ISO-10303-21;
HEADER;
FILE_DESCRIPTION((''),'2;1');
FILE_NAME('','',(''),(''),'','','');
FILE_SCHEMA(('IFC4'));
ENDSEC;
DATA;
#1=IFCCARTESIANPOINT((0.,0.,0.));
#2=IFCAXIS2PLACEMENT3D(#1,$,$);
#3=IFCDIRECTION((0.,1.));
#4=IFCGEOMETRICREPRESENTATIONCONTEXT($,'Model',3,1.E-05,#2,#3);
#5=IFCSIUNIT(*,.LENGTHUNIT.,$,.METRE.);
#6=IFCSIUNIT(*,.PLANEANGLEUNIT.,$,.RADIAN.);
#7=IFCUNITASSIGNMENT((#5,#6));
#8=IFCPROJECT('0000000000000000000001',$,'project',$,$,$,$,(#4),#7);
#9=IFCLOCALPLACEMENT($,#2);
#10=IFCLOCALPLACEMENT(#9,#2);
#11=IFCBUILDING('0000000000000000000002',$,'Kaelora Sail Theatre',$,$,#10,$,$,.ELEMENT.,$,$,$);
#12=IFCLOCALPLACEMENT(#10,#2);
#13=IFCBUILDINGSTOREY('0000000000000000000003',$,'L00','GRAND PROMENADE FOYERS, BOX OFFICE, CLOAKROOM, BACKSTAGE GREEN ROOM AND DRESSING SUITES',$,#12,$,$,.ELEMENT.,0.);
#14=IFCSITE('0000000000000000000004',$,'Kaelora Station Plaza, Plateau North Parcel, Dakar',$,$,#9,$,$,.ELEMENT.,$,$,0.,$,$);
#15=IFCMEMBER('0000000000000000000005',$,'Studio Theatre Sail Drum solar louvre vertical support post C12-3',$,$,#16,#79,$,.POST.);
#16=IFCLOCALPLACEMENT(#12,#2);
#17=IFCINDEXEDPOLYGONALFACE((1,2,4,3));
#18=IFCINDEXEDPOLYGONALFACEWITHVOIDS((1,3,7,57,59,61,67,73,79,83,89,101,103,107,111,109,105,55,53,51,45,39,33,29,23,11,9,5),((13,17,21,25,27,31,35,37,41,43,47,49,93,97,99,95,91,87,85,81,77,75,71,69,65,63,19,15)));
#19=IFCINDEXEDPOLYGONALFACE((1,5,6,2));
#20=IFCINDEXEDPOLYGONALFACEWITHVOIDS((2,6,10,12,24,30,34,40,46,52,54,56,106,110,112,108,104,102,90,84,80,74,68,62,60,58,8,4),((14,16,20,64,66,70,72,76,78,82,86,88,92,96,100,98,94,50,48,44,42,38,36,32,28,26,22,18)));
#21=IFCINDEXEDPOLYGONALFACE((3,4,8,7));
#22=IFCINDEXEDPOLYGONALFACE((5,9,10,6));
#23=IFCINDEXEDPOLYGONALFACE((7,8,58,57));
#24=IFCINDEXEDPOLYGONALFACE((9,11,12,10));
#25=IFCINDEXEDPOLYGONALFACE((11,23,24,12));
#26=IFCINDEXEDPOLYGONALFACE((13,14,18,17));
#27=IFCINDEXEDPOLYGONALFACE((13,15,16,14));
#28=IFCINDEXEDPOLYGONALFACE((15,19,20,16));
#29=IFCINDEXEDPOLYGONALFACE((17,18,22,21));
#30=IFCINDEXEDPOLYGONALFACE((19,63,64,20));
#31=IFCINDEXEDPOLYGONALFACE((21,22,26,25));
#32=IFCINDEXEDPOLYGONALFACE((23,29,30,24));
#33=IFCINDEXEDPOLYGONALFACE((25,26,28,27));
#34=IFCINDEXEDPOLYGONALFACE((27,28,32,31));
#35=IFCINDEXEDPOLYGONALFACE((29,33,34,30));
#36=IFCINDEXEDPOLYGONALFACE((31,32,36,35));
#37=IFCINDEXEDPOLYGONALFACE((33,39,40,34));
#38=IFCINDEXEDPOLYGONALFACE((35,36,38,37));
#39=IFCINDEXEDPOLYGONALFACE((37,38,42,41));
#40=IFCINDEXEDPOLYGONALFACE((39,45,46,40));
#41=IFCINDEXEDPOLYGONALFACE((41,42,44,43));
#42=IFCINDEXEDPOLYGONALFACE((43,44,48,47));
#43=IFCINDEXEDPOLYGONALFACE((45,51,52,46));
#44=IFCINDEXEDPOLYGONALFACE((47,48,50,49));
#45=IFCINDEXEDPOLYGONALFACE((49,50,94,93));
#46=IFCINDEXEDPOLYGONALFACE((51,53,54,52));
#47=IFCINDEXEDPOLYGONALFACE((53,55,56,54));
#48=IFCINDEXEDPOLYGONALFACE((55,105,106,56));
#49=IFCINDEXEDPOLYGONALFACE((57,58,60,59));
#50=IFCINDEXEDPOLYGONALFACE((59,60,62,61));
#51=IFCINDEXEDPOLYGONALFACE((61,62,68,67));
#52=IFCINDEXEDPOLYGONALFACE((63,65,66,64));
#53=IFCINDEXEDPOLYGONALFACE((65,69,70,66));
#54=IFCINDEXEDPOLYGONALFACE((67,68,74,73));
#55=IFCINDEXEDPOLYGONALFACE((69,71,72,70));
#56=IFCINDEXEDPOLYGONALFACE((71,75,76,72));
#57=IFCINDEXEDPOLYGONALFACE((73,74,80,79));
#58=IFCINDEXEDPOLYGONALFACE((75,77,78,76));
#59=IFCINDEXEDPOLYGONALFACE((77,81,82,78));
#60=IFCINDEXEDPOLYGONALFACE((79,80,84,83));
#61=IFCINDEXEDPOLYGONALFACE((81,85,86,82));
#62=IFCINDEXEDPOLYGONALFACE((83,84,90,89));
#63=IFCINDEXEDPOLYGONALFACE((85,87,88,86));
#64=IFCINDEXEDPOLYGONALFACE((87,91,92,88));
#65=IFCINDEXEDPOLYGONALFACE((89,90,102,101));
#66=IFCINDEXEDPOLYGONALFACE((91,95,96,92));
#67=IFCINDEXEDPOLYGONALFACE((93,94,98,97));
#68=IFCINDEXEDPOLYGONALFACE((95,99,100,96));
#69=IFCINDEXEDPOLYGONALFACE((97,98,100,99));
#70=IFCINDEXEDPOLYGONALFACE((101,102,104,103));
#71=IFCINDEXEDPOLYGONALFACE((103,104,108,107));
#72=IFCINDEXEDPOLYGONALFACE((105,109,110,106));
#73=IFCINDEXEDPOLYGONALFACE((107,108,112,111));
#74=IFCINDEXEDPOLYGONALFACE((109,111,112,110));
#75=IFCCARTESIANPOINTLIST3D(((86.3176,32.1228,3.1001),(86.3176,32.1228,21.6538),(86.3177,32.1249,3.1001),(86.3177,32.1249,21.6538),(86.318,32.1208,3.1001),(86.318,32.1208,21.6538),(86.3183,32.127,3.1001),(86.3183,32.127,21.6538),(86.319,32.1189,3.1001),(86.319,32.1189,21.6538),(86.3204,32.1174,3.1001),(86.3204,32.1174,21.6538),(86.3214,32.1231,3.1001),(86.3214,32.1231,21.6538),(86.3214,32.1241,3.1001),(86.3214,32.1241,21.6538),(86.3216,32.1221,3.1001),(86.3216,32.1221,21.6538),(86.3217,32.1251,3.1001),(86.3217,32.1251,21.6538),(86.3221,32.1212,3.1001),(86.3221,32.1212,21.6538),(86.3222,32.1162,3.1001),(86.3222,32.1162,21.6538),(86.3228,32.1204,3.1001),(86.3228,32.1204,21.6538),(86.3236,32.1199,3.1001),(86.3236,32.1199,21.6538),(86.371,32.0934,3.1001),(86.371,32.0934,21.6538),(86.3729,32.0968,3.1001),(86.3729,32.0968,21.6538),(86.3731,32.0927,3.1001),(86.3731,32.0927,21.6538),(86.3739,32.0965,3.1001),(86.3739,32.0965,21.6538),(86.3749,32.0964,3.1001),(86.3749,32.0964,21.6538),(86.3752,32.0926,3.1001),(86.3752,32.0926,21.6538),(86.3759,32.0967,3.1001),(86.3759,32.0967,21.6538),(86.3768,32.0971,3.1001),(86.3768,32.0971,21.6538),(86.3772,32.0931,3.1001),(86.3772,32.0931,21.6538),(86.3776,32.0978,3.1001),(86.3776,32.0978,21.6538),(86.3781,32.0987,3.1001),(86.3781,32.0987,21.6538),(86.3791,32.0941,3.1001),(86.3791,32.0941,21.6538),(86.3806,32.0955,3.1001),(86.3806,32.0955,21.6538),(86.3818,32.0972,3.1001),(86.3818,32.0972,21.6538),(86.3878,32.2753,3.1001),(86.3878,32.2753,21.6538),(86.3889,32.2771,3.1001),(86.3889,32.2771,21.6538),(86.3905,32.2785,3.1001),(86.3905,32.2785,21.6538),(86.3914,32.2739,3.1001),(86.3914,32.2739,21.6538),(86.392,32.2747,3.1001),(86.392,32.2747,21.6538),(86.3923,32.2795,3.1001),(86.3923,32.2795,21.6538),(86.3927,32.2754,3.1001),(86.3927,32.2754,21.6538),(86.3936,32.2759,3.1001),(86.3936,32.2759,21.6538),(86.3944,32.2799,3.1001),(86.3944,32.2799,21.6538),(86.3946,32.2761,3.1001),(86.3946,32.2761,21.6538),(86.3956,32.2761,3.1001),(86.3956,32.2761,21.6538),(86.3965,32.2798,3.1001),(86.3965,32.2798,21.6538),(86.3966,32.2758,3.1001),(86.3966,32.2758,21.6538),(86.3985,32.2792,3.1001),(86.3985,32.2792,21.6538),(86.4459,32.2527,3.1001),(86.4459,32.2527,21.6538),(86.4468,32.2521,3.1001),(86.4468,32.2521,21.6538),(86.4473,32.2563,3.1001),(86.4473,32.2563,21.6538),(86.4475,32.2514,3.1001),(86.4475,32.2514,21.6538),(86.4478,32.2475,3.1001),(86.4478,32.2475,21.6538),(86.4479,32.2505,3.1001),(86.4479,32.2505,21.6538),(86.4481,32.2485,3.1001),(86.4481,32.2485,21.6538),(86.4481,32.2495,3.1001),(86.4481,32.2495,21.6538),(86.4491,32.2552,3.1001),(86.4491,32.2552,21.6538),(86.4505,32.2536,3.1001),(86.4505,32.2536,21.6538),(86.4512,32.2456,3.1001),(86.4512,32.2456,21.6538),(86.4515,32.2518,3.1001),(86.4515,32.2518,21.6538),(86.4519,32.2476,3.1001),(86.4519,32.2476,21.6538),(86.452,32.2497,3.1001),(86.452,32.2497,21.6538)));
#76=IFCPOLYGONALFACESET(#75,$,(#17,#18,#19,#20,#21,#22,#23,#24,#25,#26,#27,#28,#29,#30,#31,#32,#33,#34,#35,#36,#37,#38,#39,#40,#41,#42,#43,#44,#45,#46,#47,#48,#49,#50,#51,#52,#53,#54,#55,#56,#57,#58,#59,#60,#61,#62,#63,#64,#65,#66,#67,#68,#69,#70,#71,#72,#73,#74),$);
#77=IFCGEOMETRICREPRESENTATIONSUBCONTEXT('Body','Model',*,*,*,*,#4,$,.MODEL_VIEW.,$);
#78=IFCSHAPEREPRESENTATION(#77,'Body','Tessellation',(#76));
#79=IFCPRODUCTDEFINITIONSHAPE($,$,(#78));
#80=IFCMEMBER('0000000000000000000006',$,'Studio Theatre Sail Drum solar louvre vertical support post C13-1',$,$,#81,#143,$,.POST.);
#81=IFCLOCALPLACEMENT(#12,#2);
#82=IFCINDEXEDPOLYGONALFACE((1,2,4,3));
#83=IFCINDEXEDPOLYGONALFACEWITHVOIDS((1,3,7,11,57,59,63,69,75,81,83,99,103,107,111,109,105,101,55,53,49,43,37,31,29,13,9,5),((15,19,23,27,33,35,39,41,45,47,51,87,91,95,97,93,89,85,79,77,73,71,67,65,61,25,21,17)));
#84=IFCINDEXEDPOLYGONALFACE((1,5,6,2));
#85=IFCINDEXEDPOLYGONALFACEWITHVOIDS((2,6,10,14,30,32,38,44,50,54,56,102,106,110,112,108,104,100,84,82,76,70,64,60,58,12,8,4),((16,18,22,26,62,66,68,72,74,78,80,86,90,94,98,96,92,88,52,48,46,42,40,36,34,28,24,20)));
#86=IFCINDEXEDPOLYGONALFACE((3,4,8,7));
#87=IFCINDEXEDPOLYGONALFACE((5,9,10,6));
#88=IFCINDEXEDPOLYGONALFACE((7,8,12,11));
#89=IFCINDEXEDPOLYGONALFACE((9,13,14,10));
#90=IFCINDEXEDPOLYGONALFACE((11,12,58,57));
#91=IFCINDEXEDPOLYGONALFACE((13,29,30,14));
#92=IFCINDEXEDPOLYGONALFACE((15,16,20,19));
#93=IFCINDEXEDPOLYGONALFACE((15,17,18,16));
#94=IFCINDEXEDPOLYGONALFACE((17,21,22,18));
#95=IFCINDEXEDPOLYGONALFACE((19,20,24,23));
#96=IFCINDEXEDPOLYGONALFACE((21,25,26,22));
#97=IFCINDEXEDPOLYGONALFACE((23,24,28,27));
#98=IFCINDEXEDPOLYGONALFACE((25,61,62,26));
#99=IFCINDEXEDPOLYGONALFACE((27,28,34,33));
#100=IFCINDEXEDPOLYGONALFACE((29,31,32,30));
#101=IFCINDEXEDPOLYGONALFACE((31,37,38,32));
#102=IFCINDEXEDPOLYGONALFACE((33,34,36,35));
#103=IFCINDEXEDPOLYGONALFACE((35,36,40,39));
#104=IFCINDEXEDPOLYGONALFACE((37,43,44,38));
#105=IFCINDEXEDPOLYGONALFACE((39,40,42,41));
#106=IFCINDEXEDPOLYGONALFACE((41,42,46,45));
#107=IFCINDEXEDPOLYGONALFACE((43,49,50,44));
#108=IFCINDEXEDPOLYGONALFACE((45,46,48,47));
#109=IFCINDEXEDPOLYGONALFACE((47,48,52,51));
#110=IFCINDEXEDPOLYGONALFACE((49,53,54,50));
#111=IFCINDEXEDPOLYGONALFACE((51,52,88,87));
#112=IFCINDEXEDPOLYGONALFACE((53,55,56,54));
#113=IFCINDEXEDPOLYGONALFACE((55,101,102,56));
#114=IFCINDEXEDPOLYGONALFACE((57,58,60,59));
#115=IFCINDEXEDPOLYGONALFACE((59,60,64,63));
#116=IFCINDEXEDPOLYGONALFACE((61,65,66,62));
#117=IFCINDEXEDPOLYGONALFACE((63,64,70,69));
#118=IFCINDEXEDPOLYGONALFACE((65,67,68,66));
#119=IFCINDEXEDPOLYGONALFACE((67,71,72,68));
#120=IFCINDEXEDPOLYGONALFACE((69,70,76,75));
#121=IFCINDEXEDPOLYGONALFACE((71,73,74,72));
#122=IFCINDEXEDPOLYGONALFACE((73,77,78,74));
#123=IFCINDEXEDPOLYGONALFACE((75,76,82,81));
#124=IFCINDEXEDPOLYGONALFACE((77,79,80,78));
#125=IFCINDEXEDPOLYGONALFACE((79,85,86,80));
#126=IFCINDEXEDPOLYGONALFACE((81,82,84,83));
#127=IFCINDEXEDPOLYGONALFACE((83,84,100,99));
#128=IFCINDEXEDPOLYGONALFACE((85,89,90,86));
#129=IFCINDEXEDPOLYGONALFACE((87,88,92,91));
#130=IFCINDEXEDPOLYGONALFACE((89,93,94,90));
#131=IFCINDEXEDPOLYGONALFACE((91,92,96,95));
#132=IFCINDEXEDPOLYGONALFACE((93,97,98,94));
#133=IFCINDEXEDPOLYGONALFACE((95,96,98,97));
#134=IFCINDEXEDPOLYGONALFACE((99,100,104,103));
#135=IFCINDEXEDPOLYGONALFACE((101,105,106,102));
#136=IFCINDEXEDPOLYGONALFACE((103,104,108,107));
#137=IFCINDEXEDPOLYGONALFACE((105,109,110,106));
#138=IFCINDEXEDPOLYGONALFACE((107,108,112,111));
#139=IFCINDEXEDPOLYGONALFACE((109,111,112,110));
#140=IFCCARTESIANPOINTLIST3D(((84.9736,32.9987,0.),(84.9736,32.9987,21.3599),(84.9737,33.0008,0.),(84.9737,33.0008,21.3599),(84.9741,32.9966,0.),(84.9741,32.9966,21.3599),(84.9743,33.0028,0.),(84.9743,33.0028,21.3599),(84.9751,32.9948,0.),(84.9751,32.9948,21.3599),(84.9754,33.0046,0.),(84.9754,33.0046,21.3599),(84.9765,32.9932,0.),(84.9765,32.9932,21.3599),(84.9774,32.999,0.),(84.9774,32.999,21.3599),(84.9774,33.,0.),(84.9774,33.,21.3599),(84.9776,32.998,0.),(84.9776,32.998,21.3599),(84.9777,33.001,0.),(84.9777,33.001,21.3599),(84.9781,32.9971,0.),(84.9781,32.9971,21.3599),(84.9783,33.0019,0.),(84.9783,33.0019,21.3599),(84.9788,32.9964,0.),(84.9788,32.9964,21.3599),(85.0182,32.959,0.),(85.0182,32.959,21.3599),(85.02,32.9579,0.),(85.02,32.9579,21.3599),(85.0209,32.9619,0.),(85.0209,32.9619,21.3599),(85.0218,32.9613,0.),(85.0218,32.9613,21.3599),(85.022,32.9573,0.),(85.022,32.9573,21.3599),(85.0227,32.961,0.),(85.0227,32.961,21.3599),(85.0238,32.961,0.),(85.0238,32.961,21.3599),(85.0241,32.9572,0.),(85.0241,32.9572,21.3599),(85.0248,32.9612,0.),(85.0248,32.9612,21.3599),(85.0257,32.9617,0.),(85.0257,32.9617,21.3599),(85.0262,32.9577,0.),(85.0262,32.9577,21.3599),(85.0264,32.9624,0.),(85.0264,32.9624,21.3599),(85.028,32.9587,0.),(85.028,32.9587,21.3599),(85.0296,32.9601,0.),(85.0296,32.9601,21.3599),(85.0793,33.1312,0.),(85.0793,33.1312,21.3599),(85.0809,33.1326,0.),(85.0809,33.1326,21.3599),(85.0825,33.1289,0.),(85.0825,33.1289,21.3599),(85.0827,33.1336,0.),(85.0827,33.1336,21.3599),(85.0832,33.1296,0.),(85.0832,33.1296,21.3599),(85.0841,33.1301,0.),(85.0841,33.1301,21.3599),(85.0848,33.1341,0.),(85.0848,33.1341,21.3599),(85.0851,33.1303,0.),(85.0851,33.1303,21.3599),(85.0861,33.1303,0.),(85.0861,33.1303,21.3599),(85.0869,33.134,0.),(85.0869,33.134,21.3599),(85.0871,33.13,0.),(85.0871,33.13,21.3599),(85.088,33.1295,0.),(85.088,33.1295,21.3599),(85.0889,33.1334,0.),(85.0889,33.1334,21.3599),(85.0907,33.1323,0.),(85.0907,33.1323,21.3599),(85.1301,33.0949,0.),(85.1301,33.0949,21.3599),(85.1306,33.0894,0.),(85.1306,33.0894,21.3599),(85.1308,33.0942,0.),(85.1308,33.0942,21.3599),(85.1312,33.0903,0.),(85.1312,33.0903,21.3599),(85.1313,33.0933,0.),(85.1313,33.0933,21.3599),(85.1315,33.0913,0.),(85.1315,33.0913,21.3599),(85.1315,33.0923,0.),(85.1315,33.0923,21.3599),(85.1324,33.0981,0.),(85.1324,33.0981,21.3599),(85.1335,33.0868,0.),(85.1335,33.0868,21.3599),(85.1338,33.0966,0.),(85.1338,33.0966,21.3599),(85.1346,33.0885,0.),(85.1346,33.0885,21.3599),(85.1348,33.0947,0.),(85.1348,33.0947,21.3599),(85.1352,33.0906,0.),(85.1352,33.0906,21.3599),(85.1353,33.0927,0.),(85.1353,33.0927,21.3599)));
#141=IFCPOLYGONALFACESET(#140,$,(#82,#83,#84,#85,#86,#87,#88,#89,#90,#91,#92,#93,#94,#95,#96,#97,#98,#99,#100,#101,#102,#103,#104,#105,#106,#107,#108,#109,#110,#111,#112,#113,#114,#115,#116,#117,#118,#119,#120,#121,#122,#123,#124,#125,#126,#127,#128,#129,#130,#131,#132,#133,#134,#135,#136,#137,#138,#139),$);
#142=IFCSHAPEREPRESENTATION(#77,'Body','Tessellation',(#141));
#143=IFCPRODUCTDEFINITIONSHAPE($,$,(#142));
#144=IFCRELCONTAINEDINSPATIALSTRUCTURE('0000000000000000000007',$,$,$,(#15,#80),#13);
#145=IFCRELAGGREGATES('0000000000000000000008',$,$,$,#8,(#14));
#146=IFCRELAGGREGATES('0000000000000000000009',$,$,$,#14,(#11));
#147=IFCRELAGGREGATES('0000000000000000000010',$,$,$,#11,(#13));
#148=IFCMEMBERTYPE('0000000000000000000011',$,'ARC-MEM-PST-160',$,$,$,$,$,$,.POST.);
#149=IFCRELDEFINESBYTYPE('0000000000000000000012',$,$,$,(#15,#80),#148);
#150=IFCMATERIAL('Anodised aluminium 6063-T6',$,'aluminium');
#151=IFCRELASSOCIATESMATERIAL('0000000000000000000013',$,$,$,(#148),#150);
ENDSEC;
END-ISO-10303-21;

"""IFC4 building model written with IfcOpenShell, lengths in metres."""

from ifc_helpers import new_model, si_unit, direction, frame, origin, origin_2d, place, context, subcontext, project, spatial, hollow_rectangle, extrude, material, material_profile, profile_set, type_object, element, save


model = new_model("IFC4")

# Units and contexts
model_context = context("Model", 3, precision=1e-05, world=origin(), true_north=direction((0.0, 1.0)))
body_context = subcontext(model_context, "Body", "Model", "MODEL_VIEW")
ifc_project = project(units=[si_unit("LENGTHUNIT", "METRE"), si_unit("PLANEANGLEUNIT", "RADIAN")], contexts=[model_context])

# Site, building, storey
site_placement = place(None, origin())
site = spatial("IfcSite", under=ifc_project, at=site_placement, Name="Kaelora Station Plaza, Plateau North Parcel, Dakar", CompositionType="ELEMENT", RefElevation=0.0)
building_placement = place(site_placement, origin())
building = spatial("IfcBuilding", under=site, at=building_placement, Name="Kaelora Sail Theatre", CompositionType="ELEMENT")
storey_placement = place(building_placement, origin())
storey = spatial("IfcBuildingStorey", under=building, at=storey_placement, Name="L00", Description="GRAND PROMENADE FOYERS, BOX OFFICE, CLOAKROOM, BACKSTAGE GREEN ROOM AND DRESSING SUITES", CompositionType="ELEMENT", Elevation=0.0)

# Members
ifc_material_1 = material(Name="Anodised aluminium 6063-T6", Category="aluminium")
ifc_material_profile_1 = material_profile(ifc_material_1, hollow_rectangle(XDim=0.0701, YDim=0.1799, WallThickness=0.0039, InnerFilletRadius=0.0039, OuterFilletRadius=0.0081, at=origin_2d()), Name="ALU-MULL 70x180x4")
ifc_profile_set_1 = profile_set([ifc_material_profile_1], Name="Anodised aluminium 6063-T6")
member_type_1 = type_object("IfcMemberType", Name="ARC-MEM-PST-160", PredefinedType="POST", material=ifc_profile_set_1)
for number, where, z_axis, x_axis, name in (
    (1, (86.3848, 32.1863, 3.1001), (0.0, 0.0, 1.0), (-0.905643, 0.424041, 0.0), "Studio Theatre Sail Drum solar louvre vertical support post C12-3"),
):
    element("IfcMember", number, at=place(storey_placement, frame(where, z_axis=z_axis, x_axis=x_axis)), inside=storey, type_object=member_type_1, Name=name, PredefinedType="POST", context=body_context, shape_type="SweptSolid", body=[
        extrude(hollow_rectangle(XDim=0.0701, YDim=0.1799, WallThickness=0.0039, InnerFilletRadius=0.0039, OuterFilletRadius=0.0081, at=origin_2d()), origin(), (0.0, 0.0, 1.0), 18.5537),
    ])
for number, where, z_axis, x_axis, name in (
    (2, (85.0544, 33.0457, 0.0), (0.0, 0.0, 1.0), (-0.773066, 0.634326, 0.0), "Studio Theatre Sail Drum solar louvre vertical support post C13-1"),
):
    element("IfcMember", number, at=place(storey_placement, frame(where, z_axis=z_axis, x_axis=x_axis)), inside=storey, type_object=member_type_1, Name=name, PredefinedType="POST", context=body_context, shape_type="SweptSolid", body=[
        extrude(hollow_rectangle(XDim=0.0701, YDim=0.1799, WallThickness=0.0039, InnerFilletRadius=0.0039, OuterFilletRadius=0.0081, at=origin_2d()), origin(), (0.0, 0.0, 1.0), 21.3599),
    ])

save(model, "model.ifc")
